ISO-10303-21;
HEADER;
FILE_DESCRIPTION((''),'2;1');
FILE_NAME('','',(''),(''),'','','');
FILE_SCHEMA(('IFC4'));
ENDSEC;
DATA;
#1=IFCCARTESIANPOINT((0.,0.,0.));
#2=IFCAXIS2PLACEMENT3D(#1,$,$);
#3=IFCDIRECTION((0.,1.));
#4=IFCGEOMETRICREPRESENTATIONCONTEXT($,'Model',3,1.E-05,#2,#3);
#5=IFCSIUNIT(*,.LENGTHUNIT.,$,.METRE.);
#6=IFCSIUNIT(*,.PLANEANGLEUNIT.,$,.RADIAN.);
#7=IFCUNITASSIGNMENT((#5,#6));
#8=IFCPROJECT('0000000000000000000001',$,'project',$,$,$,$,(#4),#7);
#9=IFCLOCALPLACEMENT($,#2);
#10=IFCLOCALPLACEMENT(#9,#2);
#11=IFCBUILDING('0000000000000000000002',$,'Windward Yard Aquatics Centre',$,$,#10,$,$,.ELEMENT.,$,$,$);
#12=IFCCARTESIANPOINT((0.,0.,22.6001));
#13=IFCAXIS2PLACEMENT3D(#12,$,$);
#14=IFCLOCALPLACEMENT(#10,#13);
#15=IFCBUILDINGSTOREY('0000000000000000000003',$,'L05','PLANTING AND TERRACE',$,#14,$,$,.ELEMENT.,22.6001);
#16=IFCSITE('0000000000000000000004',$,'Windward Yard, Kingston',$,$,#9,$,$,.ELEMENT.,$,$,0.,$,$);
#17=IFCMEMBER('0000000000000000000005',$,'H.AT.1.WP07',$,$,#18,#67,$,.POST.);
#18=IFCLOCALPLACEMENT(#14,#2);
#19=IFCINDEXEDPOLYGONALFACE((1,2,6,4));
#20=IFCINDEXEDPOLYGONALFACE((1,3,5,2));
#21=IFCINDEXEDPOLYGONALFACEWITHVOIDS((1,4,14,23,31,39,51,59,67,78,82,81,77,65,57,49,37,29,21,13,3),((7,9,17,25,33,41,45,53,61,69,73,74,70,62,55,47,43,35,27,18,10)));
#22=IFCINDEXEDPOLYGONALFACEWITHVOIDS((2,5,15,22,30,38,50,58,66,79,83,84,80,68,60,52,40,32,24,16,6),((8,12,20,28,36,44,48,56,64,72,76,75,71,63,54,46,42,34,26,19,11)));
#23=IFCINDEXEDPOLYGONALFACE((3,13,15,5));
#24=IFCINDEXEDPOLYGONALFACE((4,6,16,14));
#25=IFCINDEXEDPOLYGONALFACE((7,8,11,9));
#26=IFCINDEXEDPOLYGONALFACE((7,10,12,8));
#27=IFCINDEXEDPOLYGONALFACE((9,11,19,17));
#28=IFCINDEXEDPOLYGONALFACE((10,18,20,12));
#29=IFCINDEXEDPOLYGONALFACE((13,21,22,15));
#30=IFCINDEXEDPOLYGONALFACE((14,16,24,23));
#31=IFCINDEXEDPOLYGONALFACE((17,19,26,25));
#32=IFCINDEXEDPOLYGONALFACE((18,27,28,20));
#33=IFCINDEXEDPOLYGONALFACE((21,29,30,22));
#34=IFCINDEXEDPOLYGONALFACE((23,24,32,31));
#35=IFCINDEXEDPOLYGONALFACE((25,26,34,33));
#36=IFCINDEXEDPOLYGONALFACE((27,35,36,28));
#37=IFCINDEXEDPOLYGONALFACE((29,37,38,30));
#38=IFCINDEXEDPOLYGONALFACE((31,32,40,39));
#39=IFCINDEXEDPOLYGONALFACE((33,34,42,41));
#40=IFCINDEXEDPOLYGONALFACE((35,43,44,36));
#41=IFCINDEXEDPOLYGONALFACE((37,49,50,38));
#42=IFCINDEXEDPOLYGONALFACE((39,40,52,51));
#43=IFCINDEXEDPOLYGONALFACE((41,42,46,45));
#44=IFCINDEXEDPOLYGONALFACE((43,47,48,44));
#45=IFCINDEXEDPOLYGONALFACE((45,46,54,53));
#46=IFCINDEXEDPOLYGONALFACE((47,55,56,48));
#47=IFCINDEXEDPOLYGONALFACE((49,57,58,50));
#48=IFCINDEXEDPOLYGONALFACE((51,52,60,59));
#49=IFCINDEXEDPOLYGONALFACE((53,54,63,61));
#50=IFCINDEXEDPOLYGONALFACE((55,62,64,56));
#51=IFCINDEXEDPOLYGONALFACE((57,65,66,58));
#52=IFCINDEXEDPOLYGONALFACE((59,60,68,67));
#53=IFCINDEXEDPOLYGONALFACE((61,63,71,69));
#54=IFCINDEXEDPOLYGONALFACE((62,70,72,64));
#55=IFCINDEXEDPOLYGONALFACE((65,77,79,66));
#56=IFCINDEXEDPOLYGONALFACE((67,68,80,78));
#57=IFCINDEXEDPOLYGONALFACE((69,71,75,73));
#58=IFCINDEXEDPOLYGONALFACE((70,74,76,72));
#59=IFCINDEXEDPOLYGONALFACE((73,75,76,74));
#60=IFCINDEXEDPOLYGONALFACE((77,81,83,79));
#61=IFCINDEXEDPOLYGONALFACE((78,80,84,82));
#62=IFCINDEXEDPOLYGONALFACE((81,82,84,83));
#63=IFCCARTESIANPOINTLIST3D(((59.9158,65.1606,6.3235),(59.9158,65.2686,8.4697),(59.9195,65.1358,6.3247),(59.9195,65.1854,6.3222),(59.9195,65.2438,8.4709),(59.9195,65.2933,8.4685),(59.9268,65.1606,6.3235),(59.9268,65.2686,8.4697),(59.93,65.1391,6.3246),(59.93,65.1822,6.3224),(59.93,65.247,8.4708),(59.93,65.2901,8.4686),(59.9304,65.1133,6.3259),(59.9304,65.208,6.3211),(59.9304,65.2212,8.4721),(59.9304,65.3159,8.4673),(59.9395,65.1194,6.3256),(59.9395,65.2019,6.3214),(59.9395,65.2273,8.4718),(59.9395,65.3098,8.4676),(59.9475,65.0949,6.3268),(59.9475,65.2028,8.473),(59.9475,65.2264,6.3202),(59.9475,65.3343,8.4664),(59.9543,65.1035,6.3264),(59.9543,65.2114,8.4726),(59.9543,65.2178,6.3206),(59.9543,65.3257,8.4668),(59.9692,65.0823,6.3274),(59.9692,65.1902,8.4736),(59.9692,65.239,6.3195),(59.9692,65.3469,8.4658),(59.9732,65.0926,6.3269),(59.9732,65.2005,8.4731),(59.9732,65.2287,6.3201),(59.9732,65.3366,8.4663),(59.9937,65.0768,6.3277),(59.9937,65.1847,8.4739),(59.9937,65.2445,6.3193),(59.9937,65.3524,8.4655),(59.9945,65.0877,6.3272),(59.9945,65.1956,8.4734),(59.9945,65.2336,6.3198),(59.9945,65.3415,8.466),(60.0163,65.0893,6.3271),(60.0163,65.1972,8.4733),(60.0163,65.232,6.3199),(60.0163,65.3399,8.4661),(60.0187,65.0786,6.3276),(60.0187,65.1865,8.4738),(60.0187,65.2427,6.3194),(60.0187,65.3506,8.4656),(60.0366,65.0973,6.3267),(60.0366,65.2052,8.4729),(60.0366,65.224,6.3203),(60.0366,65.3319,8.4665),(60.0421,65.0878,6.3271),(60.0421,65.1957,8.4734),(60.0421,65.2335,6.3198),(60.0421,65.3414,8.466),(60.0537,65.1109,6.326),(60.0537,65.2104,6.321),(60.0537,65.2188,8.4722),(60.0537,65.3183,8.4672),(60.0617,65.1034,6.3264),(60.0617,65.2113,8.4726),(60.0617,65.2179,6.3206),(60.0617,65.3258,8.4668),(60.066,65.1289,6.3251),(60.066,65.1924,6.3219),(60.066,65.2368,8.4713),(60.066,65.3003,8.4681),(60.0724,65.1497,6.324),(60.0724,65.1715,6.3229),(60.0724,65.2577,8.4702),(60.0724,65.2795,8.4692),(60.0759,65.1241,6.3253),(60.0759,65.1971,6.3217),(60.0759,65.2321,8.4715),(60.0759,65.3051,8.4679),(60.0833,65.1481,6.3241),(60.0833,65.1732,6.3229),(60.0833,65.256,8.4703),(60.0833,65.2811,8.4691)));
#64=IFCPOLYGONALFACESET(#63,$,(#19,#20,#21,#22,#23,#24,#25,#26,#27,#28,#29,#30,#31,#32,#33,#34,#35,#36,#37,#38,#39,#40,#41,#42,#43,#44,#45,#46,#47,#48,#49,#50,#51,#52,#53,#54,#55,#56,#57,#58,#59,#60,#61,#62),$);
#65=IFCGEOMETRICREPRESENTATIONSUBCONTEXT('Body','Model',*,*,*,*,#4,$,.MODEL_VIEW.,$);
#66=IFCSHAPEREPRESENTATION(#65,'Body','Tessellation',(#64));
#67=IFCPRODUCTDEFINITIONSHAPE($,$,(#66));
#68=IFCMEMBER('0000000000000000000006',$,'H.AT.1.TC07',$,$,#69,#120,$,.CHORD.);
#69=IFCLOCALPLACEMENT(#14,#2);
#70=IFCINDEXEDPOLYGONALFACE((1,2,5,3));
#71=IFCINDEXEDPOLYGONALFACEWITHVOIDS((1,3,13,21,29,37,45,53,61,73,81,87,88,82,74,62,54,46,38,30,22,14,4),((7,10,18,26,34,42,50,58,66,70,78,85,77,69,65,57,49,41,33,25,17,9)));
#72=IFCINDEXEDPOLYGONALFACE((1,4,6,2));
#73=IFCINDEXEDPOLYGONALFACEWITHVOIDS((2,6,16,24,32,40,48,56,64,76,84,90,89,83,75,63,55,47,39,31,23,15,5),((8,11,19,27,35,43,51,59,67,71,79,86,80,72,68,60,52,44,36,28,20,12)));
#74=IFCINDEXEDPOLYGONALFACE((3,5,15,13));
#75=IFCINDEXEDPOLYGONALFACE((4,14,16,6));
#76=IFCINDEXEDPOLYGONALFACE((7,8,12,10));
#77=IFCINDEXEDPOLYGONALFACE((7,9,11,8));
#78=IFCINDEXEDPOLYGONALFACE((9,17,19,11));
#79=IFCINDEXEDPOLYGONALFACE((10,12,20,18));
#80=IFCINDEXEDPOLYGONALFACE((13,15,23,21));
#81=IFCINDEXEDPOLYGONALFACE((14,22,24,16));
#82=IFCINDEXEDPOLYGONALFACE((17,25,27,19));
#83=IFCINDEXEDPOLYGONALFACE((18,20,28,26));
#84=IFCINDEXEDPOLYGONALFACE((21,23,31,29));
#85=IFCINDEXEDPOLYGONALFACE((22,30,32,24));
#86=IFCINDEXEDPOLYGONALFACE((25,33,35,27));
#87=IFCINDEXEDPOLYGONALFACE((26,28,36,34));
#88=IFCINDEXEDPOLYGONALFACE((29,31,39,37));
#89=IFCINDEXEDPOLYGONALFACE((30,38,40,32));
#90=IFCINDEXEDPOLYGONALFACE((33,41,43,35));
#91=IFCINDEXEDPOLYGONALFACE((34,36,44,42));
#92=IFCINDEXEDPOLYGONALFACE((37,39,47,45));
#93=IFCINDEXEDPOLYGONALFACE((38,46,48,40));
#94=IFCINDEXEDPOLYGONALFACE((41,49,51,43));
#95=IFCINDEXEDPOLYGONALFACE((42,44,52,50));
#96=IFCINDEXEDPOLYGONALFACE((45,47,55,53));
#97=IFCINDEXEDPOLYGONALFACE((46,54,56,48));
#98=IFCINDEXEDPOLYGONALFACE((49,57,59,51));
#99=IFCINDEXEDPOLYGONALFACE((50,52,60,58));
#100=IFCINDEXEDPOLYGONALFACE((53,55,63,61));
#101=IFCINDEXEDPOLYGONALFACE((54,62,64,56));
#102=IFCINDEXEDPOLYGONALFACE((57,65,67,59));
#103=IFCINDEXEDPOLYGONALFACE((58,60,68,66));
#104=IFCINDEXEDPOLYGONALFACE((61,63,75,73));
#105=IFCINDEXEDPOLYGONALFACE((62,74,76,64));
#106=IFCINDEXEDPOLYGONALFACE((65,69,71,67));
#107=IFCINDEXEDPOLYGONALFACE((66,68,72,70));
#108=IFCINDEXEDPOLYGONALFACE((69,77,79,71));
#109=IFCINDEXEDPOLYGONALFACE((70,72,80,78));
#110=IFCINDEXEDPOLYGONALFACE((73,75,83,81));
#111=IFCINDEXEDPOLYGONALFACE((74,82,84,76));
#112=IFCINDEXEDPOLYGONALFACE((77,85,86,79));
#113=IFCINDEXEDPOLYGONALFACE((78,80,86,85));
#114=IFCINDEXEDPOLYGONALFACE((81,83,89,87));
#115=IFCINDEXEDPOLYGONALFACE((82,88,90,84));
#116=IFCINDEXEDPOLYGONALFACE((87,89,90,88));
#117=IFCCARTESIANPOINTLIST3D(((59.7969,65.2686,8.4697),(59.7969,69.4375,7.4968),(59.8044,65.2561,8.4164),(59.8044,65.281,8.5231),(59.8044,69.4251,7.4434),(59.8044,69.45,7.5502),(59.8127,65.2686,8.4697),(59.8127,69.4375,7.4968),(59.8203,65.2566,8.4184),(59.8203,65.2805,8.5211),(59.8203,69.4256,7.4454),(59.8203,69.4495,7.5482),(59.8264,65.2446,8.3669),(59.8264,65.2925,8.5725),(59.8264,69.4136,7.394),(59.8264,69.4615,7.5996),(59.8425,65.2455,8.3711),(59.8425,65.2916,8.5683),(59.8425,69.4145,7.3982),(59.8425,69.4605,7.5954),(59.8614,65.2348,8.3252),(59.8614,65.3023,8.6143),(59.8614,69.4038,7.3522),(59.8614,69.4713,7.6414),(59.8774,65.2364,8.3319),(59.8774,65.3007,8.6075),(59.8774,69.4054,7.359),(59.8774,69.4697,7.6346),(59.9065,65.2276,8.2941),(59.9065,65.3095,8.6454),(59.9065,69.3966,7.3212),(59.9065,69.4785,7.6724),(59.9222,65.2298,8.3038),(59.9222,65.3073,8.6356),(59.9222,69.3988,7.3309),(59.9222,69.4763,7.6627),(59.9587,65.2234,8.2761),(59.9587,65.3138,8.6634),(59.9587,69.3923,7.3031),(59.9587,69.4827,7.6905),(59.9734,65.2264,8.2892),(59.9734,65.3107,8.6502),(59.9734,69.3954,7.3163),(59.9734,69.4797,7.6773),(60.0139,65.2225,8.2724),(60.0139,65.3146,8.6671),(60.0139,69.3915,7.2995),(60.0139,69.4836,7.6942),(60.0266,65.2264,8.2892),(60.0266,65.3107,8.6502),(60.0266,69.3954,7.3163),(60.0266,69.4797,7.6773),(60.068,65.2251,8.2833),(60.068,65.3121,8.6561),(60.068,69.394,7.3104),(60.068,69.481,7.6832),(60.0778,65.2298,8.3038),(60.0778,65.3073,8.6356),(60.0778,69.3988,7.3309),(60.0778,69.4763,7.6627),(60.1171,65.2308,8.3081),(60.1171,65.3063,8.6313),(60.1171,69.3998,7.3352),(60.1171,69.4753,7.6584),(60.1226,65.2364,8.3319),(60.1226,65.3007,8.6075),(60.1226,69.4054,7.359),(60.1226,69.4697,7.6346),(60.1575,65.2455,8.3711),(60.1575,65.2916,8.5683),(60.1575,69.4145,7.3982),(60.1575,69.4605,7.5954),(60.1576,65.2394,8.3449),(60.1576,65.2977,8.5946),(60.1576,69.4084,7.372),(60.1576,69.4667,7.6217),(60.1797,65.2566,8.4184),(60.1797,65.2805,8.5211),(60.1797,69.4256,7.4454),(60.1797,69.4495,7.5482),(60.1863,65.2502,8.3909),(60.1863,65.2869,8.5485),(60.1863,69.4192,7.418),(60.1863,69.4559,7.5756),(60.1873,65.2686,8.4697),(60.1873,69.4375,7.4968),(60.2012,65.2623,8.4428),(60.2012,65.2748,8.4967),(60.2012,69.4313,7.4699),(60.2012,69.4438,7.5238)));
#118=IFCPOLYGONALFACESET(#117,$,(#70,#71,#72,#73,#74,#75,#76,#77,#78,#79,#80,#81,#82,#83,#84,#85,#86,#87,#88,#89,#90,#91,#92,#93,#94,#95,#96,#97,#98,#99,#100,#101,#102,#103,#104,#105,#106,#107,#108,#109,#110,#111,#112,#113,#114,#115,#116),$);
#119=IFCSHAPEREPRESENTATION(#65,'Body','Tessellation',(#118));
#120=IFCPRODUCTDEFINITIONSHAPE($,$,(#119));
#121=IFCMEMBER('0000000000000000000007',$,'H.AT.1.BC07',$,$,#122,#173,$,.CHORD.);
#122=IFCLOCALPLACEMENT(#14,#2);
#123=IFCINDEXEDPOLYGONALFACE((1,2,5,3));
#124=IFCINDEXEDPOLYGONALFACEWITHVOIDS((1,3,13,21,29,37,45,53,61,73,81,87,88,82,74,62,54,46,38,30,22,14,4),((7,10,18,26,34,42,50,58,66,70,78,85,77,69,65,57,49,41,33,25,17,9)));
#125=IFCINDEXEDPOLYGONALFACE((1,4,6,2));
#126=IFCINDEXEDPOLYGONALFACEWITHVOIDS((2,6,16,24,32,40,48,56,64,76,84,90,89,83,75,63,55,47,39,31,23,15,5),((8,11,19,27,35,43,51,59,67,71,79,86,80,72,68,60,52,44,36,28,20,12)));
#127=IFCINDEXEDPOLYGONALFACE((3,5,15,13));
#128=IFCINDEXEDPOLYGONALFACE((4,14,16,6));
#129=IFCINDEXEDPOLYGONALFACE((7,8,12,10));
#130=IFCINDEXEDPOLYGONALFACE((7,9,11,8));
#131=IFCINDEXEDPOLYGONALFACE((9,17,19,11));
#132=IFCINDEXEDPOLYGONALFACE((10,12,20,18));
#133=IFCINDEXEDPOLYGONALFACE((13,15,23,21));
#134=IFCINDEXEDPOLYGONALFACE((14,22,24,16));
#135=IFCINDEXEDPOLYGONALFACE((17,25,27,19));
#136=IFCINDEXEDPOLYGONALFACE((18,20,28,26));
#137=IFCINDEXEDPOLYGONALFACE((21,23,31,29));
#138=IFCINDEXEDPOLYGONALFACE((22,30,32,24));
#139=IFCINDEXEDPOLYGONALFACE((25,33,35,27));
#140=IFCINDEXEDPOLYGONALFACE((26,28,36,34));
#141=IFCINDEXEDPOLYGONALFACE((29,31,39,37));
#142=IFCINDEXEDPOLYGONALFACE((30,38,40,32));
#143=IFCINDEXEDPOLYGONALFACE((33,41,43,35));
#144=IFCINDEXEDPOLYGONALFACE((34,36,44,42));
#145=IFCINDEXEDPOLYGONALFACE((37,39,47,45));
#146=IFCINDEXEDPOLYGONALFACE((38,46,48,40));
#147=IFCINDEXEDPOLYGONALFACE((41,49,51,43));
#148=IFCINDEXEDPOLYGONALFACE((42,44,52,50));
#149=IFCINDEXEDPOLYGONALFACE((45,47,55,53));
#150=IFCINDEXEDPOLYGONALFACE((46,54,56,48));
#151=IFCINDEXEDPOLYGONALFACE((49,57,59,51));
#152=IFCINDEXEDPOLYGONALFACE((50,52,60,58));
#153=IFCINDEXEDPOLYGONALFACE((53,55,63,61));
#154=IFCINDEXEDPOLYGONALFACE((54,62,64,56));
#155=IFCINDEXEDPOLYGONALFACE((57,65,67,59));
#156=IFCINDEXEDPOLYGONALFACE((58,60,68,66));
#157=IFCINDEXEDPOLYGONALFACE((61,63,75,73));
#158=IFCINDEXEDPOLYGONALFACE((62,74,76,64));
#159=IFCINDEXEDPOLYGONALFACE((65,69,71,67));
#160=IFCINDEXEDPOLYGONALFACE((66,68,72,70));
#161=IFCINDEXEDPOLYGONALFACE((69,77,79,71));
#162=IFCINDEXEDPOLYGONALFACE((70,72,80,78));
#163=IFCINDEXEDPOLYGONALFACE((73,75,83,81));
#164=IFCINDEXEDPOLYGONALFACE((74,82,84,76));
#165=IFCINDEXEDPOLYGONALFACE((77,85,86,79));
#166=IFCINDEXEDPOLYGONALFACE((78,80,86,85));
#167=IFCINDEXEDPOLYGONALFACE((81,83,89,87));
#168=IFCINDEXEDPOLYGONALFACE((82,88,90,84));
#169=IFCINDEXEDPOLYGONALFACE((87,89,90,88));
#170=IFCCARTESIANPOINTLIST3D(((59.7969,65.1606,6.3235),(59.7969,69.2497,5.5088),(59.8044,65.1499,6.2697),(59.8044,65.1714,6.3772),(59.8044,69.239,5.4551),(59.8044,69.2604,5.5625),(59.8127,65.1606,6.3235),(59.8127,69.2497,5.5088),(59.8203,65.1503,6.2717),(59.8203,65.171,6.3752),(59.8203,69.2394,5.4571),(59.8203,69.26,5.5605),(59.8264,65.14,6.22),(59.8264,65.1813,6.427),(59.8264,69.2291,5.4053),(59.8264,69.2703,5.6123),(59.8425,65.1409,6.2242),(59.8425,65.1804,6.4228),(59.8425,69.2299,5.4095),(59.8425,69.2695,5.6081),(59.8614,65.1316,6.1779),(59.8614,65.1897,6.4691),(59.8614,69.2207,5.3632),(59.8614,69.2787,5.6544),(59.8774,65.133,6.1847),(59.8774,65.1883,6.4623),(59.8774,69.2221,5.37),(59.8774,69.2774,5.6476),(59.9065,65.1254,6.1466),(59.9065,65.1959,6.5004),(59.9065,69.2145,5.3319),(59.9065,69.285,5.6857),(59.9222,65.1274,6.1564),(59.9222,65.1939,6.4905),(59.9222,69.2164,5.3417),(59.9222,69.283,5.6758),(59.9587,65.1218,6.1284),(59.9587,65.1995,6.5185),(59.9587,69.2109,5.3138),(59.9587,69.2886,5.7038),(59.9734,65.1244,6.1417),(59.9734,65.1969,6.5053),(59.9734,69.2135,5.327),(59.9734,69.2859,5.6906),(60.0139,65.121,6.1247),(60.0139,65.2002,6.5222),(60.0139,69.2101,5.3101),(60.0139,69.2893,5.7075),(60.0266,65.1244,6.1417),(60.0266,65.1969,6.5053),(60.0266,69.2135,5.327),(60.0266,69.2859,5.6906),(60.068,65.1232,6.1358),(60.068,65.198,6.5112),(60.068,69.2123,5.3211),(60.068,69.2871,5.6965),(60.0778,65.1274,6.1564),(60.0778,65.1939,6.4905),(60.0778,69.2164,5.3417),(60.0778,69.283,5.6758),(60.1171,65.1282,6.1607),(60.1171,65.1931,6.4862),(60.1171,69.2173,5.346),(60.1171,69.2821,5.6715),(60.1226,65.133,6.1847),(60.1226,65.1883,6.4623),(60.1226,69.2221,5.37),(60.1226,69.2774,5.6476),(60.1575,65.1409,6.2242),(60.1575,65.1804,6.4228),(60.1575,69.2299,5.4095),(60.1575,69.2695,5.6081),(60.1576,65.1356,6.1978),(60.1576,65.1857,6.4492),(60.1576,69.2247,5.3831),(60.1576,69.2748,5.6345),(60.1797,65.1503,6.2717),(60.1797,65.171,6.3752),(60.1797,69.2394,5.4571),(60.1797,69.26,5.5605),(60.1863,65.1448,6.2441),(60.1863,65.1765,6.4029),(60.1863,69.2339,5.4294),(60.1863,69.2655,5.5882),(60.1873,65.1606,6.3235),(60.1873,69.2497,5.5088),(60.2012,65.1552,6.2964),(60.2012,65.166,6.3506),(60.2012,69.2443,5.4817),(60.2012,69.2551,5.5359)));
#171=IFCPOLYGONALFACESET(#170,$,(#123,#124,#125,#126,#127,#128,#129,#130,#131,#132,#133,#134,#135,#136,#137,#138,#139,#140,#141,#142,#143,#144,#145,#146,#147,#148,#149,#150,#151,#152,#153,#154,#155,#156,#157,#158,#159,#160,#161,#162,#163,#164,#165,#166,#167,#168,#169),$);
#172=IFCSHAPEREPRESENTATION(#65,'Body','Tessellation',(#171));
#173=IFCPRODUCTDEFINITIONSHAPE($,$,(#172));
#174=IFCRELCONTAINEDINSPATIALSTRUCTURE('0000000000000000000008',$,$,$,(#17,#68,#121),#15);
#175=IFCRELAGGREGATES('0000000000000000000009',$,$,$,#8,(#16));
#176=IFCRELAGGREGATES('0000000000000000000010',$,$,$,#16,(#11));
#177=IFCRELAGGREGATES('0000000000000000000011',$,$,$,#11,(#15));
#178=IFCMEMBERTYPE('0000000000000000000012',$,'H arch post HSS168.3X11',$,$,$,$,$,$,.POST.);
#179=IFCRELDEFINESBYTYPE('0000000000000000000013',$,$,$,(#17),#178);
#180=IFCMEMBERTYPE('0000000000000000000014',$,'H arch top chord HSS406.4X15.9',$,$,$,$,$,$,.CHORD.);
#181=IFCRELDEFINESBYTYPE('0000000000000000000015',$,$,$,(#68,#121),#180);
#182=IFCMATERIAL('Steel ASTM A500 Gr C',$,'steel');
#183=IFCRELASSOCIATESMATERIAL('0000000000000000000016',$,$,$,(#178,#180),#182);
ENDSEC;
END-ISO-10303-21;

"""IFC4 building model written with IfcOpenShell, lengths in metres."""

from ifc_helpers import new_model, si_unit, direction, frame, origin, origin_2d, place, context, subcontext, project, spatial, hollow_circle, extrude, material, material_profile, profile_set, type_object, element, save


model = new_model("IFC4")

# Units and contexts
model_context = context("Model", 3, precision=1e-05, world=origin(), true_north=direction((0.0, 1.0)))
body_context = subcontext(model_context, "Body", "Model", "MODEL_VIEW")
ifc_project = project(units=[si_unit("LENGTHUNIT", "METRE"), si_unit("PLANEANGLEUNIT", "RADIAN")], contexts=[model_context])

# Site, building, storey
site_placement = place(None, origin())
site = spatial("IfcSite", under=ifc_project, at=site_placement, Name="Windward Yard, Kingston", CompositionType="ELEMENT", RefElevation=0.0)
building_placement = place(site_placement, origin())
building = spatial("IfcBuilding", under=site, at=building_placement, Name="Windward Yard Aquatics Centre", CompositionType="ELEMENT")
storey_placement = place(building_placement, frame((0.0, 0.0, 22.6001)))
storey = spatial("IfcBuildingStorey", under=building, at=storey_placement, Name="L05", Description="PLANTING AND TERRACE", CompositionType="ELEMENT", Elevation=22.6001)

# Members
ifc_material_1 = material(Name="Steel ASTM A500 Gr C", Category="steel")
ifc_material_profile_1 = material_profile(ifc_material_1, hollow_circle(Radius=0.0842, WallThickness=0.011, at=origin_2d()), Name="HSS168.3X11")
ifc_profile_set_1 = profile_set([ifc_material_profile_1], Name="Steel ASTM A500 Gr C")
member_type_1 = type_object("IfcMemberType", Name="H arch post HSS168.3X11", PredefinedType="POST", material=ifc_profile_set_1)
member_1_placement = place(storey_placement, frame((60.0, 65.1606, 6.3235), z_axis=(0.0, 0.050215, 0.998738), x_axis=(-1.0, 0.0, 0.0)))
element("IfcMember", 1, at=member_1_placement, inside=storey, type_object=member_type_1, Name="H.AT.1.WP07", PredefinedType="POST", context=body_context, shape_type="SweptSolid", body=[
    extrude(hollow_circle(Radius=0.0842, WallThickness=0.011, at=origin_2d()), origin(), (0.0, 0.0, 1.0), 2.1489),
])
ifc_material_profile_2 = material_profile(ifc_material_1, hollow_circle(Radius=0.2031, WallThickness=0.0159, at=origin_2d()), Name="HSS406.4X15.9")
ifc_profile_set_2 = profile_set([ifc_material_profile_2], Name="Steel ASTM A500 Gr C")
member_type_2 = type_object("IfcMemberType", Name="H arch top chord HSS406.4X15.9", PredefinedType="CHORD", material=ifc_profile_set_2)
member_2_placement = place(storey_placement, frame((60.0, 65.2686, 8.4697), z_axis=(0.0, 0.973834, -0.227262), x_axis=(-1.0, 0.0, 0.0)))
element("IfcMember", 2, at=member_2_placement, inside=storey, type_object=member_type_2, Name="H.AT.1.TC07", PredefinedType="CHORD", context=body_context, shape_type="SweptSolid", body=[
    extrude(hollow_circle(Radius=0.2031, WallThickness=0.0159, at=origin_2d()), origin(), (0.0, 0.0, 1.0), 4.281),
])
member_3_placement = place(storey_placement, frame((60.0, 65.1606, 6.3235), z_axis=(0.0, 0.980725, -0.195395), x_axis=(-1.0, 0.0, 0.0)))
element("IfcMember", 3, at=member_3_placement, inside=storey, type_object=member_type_2, Name="H.AT.1.BC07", PredefinedType="CHORD", context=body_context, shape_type="SweptSolid", body=[
    extrude(hollow_circle(Radius=0.2031, WallThickness=0.0159, at=origin_2d()), origin(), (0.0, 0.0, 1.0), 4.1694),
])

save(model, "model.ifc")
